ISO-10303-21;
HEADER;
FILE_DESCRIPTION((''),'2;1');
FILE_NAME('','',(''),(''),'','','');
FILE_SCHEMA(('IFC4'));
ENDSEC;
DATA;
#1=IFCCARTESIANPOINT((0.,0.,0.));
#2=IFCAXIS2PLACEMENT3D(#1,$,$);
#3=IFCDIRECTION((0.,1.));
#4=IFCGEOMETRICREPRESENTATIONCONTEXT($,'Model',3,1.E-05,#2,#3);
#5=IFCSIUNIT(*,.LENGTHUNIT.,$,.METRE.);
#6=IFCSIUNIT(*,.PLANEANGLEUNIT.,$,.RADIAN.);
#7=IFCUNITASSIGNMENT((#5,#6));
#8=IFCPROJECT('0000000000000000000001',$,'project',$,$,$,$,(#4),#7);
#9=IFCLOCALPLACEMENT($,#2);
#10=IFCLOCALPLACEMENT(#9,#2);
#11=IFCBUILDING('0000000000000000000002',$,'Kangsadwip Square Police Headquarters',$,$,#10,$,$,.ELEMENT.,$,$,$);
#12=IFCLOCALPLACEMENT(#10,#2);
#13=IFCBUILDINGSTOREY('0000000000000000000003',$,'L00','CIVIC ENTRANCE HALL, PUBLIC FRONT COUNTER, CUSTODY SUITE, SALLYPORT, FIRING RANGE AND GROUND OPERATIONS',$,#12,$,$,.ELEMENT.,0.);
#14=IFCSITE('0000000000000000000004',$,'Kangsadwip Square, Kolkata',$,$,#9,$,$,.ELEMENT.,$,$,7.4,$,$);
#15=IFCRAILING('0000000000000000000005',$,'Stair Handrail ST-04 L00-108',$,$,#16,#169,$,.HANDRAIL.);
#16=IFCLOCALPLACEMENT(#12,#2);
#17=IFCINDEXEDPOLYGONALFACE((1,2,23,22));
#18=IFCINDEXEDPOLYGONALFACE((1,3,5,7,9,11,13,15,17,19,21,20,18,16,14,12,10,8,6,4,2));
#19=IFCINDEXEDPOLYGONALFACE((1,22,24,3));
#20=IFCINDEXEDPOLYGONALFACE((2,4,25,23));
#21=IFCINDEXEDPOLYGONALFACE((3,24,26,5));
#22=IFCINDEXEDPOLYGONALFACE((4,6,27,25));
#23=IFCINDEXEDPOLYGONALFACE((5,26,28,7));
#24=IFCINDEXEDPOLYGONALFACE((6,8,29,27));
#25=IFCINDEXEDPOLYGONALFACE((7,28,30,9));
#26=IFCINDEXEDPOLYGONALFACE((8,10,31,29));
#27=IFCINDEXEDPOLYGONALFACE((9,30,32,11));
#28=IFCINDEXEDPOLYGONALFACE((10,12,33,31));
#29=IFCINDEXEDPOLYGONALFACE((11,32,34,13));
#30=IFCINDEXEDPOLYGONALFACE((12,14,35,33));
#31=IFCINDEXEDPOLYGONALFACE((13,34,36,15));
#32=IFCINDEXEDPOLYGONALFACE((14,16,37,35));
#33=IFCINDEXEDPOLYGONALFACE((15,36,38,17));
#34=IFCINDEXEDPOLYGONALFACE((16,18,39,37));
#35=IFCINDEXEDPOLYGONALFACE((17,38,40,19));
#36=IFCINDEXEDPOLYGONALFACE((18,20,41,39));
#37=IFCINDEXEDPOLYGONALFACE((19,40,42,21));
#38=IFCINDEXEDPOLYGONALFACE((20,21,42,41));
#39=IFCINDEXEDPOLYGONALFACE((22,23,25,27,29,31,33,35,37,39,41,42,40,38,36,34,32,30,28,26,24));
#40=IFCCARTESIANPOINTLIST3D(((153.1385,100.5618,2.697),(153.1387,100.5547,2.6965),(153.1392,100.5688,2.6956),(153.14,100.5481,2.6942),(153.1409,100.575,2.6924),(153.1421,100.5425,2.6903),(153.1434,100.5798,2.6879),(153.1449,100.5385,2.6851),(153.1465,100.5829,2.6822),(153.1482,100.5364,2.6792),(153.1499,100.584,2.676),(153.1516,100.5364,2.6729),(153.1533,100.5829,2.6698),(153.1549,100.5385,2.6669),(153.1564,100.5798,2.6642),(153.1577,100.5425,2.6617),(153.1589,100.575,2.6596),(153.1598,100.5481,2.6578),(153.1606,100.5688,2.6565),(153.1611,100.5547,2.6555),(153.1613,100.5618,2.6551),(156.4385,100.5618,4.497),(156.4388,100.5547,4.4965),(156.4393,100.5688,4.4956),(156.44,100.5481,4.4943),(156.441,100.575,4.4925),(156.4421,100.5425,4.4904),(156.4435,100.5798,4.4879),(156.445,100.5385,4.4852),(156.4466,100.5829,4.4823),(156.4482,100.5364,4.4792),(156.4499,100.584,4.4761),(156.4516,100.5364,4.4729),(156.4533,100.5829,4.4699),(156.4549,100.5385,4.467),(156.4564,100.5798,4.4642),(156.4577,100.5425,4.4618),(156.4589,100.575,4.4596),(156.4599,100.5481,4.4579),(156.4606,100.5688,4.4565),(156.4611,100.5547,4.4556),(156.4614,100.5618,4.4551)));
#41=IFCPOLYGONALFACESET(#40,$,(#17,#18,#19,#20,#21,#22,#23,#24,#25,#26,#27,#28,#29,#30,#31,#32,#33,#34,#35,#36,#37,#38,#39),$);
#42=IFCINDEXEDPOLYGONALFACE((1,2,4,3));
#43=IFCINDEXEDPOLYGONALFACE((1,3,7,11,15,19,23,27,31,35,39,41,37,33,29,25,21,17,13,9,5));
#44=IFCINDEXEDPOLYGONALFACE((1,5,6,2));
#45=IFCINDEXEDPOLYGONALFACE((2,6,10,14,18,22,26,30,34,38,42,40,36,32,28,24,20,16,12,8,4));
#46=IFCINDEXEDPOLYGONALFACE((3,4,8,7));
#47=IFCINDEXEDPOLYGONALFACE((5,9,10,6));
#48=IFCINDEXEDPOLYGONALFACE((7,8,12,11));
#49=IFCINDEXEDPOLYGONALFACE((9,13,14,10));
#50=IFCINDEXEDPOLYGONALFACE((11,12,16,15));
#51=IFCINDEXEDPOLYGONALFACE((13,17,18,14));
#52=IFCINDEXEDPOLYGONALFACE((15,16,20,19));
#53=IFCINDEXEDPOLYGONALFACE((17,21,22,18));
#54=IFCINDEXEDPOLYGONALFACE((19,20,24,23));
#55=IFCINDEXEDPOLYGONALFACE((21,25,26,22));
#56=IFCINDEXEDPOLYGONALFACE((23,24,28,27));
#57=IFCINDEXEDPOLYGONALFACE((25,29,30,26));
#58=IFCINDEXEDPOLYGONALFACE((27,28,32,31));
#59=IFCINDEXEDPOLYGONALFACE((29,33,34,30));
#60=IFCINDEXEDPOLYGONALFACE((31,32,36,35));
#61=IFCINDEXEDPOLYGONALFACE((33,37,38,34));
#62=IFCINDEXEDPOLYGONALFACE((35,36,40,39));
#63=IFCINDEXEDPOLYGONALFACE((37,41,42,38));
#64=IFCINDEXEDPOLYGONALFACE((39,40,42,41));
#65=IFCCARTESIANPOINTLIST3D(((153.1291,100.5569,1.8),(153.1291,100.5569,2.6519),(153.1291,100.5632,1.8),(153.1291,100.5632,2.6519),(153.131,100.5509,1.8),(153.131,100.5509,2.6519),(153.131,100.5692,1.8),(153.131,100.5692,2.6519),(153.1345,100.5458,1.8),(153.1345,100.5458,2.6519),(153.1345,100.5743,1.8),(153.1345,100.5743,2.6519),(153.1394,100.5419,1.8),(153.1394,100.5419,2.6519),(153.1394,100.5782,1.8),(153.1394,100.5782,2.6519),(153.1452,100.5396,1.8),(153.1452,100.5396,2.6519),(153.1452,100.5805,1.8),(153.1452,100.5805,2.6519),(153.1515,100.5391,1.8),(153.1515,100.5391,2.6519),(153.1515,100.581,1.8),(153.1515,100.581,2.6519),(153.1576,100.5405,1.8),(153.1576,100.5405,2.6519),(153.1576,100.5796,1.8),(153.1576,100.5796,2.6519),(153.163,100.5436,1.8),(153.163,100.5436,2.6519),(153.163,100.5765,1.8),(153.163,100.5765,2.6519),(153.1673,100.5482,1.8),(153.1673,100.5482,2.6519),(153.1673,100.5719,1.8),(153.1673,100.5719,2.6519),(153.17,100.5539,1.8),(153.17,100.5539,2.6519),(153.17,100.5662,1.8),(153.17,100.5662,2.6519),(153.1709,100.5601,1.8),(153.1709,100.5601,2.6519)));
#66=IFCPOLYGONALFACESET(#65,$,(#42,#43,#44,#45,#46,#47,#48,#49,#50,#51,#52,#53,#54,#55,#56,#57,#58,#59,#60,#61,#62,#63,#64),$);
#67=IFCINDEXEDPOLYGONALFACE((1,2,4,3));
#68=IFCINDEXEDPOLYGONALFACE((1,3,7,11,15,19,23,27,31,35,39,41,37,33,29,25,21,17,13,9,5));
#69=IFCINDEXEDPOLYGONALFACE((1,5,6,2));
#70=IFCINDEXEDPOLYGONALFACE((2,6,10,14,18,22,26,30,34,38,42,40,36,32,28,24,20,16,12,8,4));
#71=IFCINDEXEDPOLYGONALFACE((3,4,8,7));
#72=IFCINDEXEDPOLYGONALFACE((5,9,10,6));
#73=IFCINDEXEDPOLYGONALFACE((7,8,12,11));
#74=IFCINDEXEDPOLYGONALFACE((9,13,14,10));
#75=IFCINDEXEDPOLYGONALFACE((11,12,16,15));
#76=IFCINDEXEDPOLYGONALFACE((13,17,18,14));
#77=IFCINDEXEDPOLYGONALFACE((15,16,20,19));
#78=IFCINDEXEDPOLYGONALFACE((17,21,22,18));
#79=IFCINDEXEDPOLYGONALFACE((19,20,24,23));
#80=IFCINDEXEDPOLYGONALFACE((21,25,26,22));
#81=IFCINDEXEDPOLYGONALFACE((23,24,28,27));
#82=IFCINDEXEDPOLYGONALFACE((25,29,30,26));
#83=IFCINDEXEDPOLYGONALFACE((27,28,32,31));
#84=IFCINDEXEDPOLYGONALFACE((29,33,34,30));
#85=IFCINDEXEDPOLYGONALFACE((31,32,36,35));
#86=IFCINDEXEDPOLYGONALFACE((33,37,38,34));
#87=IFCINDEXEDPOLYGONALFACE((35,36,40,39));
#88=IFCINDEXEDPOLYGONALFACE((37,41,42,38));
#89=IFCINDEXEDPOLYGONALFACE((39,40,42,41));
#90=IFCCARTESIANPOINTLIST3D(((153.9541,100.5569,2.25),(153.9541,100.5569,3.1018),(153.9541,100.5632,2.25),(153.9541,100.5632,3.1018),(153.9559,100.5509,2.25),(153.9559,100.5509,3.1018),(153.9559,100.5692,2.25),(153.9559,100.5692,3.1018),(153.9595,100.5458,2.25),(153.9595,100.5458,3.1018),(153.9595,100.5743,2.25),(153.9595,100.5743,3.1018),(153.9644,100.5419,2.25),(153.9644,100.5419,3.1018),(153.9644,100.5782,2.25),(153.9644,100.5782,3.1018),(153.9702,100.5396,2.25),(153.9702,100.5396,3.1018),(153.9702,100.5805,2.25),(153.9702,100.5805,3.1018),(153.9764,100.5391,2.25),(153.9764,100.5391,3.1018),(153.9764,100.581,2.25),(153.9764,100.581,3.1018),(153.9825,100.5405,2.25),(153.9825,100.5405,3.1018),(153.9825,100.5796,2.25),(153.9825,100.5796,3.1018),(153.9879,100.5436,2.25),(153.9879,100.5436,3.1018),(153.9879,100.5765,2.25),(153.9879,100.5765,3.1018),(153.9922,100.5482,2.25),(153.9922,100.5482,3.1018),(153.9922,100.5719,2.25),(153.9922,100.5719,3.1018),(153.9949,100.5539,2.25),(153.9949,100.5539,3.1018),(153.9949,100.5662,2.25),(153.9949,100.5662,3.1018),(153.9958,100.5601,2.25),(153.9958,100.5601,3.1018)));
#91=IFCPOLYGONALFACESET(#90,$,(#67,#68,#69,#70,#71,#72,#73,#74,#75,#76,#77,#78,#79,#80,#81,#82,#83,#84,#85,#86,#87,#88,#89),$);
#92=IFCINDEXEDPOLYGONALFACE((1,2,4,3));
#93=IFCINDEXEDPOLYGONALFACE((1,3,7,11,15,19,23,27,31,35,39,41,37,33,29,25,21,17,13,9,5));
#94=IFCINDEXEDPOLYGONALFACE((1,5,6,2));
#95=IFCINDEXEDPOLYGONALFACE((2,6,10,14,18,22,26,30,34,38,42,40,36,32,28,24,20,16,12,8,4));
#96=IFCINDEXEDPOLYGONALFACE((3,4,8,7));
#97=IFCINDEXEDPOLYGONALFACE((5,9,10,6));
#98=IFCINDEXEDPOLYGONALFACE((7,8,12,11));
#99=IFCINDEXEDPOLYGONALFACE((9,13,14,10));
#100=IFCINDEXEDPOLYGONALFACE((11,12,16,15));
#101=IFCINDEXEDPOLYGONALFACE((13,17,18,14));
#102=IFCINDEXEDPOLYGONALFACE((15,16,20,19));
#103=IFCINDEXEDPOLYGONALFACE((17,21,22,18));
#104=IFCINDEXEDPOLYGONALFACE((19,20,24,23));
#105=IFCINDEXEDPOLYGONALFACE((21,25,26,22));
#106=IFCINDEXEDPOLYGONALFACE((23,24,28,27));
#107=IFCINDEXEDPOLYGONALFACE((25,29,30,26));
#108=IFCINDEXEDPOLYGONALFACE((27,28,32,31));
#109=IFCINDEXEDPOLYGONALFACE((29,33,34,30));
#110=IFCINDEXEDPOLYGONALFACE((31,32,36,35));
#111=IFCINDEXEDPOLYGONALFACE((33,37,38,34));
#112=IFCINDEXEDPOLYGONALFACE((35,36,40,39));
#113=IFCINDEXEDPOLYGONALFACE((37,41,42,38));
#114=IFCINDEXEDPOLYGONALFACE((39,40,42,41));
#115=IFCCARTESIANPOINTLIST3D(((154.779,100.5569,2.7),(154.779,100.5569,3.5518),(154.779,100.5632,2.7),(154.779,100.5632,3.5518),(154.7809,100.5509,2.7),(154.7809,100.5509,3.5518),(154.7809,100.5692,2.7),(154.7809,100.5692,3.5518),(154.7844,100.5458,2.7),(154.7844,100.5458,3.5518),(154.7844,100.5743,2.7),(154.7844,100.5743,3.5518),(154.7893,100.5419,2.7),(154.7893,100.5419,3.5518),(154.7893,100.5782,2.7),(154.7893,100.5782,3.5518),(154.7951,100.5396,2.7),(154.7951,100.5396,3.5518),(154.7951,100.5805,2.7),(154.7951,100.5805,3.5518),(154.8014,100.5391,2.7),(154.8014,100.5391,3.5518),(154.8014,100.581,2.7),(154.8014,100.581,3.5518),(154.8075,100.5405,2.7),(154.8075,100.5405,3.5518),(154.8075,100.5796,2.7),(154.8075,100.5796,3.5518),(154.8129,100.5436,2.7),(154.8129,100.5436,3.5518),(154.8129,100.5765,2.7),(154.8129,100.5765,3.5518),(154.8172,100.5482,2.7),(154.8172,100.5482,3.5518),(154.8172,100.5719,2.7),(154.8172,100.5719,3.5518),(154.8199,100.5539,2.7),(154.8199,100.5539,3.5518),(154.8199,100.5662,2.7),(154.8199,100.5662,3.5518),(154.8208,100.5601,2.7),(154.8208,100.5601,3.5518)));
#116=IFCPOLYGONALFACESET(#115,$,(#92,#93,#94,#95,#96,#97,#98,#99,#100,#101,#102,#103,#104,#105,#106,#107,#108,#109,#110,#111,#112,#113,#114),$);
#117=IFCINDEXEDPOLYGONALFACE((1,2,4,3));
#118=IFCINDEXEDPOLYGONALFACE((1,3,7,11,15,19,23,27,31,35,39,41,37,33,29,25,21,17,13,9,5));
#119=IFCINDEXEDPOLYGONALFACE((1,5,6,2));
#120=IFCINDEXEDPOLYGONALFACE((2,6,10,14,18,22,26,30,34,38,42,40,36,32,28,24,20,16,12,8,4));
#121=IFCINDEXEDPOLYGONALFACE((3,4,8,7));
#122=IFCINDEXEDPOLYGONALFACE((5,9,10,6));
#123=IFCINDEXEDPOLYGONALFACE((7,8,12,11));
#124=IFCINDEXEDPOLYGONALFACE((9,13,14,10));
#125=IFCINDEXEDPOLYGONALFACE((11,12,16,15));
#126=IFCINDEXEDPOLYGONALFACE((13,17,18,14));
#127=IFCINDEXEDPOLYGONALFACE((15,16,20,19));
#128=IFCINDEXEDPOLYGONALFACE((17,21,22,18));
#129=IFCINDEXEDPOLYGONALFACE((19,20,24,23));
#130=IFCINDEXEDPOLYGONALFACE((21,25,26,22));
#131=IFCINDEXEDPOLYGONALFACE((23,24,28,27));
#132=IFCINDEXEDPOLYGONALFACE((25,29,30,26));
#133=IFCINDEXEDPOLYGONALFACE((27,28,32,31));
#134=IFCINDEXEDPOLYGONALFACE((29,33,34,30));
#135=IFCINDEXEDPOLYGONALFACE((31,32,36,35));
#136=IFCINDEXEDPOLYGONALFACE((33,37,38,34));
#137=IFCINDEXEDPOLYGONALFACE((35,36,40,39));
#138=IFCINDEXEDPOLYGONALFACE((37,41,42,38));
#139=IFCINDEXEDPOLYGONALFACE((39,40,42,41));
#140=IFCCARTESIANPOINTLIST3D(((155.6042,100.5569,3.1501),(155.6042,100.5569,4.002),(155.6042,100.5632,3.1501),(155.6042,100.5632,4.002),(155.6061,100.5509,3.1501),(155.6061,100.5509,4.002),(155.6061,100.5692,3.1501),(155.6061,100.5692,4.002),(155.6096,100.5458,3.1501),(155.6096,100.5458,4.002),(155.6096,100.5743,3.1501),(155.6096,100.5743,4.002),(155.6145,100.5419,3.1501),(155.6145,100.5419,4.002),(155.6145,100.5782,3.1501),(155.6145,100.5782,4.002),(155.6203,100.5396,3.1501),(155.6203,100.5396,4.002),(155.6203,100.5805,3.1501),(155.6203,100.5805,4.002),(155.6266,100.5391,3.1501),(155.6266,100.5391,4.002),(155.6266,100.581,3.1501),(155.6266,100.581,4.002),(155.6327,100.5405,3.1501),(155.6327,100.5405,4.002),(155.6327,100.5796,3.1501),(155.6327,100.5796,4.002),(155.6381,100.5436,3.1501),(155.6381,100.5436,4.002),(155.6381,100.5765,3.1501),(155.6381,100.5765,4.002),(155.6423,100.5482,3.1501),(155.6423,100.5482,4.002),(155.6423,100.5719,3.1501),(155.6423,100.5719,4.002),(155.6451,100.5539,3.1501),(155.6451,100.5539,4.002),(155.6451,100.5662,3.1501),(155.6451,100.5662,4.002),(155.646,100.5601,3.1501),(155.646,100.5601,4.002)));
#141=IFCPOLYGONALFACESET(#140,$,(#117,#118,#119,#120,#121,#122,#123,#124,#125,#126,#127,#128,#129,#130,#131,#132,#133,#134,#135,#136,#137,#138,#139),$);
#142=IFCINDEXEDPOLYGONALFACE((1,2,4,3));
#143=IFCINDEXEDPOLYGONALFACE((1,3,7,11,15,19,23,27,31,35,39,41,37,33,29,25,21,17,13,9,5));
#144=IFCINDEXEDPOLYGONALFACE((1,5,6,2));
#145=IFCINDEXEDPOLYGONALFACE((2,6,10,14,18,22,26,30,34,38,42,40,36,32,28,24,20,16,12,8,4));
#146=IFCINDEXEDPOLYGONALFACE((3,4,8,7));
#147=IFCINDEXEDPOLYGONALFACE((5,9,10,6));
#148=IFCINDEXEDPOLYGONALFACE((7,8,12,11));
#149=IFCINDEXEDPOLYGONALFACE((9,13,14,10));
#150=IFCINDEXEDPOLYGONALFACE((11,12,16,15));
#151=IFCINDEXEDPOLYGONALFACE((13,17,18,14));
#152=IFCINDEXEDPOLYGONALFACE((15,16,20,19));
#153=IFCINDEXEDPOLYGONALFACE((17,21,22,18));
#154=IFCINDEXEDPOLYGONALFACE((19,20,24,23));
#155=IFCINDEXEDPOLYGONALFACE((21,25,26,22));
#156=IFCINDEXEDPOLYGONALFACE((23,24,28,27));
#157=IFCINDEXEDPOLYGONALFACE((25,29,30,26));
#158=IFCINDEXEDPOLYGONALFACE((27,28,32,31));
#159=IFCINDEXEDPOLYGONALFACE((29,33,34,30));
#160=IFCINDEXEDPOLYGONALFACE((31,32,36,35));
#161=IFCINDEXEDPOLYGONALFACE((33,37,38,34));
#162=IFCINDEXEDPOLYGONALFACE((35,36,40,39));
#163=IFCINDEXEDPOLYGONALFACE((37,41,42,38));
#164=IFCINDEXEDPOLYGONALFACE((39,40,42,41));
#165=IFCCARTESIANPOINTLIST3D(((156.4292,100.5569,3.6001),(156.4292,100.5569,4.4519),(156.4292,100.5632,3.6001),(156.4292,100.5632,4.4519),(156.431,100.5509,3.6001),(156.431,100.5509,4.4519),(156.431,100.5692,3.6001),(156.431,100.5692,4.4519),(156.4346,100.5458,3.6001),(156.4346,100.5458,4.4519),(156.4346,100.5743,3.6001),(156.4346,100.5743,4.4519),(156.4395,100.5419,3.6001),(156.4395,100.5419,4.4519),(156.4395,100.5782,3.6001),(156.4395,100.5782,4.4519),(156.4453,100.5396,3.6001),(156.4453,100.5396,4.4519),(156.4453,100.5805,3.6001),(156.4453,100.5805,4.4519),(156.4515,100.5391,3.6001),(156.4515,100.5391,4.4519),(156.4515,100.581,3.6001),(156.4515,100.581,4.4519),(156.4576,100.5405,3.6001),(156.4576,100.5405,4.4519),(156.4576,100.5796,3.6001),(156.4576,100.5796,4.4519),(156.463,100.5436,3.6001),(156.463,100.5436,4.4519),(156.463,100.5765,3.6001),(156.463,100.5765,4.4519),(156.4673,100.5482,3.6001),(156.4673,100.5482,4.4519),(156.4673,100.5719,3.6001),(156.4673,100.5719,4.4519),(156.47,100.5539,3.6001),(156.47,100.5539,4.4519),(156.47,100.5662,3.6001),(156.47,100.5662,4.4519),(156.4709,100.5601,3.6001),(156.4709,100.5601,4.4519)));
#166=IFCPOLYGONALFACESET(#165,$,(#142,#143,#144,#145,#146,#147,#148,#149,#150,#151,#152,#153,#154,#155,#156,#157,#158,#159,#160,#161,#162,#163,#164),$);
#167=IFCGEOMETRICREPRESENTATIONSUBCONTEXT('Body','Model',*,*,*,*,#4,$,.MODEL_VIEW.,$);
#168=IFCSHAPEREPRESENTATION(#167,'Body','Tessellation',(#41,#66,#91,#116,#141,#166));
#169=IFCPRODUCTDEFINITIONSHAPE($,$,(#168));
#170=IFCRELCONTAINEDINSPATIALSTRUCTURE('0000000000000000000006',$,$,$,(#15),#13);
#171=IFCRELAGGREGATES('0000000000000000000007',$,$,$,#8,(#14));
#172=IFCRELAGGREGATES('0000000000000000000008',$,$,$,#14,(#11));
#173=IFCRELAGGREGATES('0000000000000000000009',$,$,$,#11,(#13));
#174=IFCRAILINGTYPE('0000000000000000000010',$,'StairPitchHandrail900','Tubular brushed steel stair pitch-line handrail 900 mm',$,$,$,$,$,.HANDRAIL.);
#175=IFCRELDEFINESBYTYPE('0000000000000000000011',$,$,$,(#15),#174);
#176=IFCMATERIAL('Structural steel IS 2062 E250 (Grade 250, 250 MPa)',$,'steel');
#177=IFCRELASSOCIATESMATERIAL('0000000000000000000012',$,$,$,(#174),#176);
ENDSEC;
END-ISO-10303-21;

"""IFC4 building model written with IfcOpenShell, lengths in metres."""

from ifc_helpers import new_model, si_unit, direction, frame, origin, origin_2d, place, context, subcontext, project, spatial, circle, extrude, material, type_object, element, save


model = new_model("IFC4")

# Units and contexts
model_context = context("Model", 3, precision=1e-05, world=origin(), true_north=direction((0.0, 1.0)))
body_context = subcontext(model_context, "Body", "Model", "MODEL_VIEW")
ifc_project = project(units=[si_unit("LENGTHUNIT", "METRE"), si_unit("PLANEANGLEUNIT", "RADIAN")], contexts=[model_context])

# Site, building, storey
site_placement = place(None, origin())
site = spatial("IfcSite", under=ifc_project, at=site_placement, Name="Kangsadwip Square, Kolkata", CompositionType="ELEMENT", RefElevation=7.4)
building_placement = place(site_placement, origin())
building = spatial("IfcBuilding", under=site, at=building_placement, Name="Kangsadwip Square Police Headquarters", CompositionType="ELEMENT")
storey_placement = place(building_placement, origin())
storey = spatial("IfcBuildingStorey", under=building, at=storey_placement, Name="L00", Description="CIVIC ENTRANCE HALL, PUBLIC FRONT COUNTER, CUSTODY SUITE, SALLYPORT, FIRING RANGE AND GROUND OPERATIONS", CompositionType="ELEMENT", Elevation=0.0)

# Railing
ifc_material_1 = material(Name="Structural steel IS 2062 E250 (Grade 250, 250 MPa)", Category="steel")
railing_type = type_object("IfcRailingType", Name="StairPitchHandrail900", Description="Tubular brushed steel stair pitch-line handrail 900 mm", PredefinedType="HANDRAIL", material=ifc_material_1)
railing_1_placement = place(storey_placement, frame((153.1499, 100.5601, 1.8)))
element("IfcRailing", 1, at=railing_1_placement, inside=storey, type_object=railing_type, Name="Stair Handrail ST-04 L00-108", PredefinedType="HANDRAIL", context=body_context, shape_type="SweptSolid", body=[
    extrude(circle(Radius=0.0239, at=origin_2d()), frame((0.0, 0.0, 0.876), z_axis=(0.877893, 0.0, 0.478857), x_axis=(0.0, 1.0, 0.0)), (0.0, 0.0, 1.0), 3.759),
    extrude(circle(Radius=0.021, at=origin_2d()), origin(), (0.0, 0.0, 1.0), 0.8518),
    extrude(circle(Radius=0.021, at=origin_2d()), frame((0.825, 0.0, 0.45)), (0.0, 0.0, 1.0), 0.8518),
    extrude(circle(Radius=0.021, at=origin_2d()), frame((1.6499, 0.0, 0.8999)), (0.0, 0.0, 1.0), 0.8518),
    extrude(circle(Radius=0.021, at=origin_2d()), frame((2.4751, 0.0, 1.3501)), (0.0, 0.0, 1.0), 0.8518),
    extrude(circle(Radius=0.021, at=origin_2d()), frame((3.3, 0.0, 1.8)), (0.0, 0.0, 1.0), 0.8518),
])

save(model, "model.ifc")
